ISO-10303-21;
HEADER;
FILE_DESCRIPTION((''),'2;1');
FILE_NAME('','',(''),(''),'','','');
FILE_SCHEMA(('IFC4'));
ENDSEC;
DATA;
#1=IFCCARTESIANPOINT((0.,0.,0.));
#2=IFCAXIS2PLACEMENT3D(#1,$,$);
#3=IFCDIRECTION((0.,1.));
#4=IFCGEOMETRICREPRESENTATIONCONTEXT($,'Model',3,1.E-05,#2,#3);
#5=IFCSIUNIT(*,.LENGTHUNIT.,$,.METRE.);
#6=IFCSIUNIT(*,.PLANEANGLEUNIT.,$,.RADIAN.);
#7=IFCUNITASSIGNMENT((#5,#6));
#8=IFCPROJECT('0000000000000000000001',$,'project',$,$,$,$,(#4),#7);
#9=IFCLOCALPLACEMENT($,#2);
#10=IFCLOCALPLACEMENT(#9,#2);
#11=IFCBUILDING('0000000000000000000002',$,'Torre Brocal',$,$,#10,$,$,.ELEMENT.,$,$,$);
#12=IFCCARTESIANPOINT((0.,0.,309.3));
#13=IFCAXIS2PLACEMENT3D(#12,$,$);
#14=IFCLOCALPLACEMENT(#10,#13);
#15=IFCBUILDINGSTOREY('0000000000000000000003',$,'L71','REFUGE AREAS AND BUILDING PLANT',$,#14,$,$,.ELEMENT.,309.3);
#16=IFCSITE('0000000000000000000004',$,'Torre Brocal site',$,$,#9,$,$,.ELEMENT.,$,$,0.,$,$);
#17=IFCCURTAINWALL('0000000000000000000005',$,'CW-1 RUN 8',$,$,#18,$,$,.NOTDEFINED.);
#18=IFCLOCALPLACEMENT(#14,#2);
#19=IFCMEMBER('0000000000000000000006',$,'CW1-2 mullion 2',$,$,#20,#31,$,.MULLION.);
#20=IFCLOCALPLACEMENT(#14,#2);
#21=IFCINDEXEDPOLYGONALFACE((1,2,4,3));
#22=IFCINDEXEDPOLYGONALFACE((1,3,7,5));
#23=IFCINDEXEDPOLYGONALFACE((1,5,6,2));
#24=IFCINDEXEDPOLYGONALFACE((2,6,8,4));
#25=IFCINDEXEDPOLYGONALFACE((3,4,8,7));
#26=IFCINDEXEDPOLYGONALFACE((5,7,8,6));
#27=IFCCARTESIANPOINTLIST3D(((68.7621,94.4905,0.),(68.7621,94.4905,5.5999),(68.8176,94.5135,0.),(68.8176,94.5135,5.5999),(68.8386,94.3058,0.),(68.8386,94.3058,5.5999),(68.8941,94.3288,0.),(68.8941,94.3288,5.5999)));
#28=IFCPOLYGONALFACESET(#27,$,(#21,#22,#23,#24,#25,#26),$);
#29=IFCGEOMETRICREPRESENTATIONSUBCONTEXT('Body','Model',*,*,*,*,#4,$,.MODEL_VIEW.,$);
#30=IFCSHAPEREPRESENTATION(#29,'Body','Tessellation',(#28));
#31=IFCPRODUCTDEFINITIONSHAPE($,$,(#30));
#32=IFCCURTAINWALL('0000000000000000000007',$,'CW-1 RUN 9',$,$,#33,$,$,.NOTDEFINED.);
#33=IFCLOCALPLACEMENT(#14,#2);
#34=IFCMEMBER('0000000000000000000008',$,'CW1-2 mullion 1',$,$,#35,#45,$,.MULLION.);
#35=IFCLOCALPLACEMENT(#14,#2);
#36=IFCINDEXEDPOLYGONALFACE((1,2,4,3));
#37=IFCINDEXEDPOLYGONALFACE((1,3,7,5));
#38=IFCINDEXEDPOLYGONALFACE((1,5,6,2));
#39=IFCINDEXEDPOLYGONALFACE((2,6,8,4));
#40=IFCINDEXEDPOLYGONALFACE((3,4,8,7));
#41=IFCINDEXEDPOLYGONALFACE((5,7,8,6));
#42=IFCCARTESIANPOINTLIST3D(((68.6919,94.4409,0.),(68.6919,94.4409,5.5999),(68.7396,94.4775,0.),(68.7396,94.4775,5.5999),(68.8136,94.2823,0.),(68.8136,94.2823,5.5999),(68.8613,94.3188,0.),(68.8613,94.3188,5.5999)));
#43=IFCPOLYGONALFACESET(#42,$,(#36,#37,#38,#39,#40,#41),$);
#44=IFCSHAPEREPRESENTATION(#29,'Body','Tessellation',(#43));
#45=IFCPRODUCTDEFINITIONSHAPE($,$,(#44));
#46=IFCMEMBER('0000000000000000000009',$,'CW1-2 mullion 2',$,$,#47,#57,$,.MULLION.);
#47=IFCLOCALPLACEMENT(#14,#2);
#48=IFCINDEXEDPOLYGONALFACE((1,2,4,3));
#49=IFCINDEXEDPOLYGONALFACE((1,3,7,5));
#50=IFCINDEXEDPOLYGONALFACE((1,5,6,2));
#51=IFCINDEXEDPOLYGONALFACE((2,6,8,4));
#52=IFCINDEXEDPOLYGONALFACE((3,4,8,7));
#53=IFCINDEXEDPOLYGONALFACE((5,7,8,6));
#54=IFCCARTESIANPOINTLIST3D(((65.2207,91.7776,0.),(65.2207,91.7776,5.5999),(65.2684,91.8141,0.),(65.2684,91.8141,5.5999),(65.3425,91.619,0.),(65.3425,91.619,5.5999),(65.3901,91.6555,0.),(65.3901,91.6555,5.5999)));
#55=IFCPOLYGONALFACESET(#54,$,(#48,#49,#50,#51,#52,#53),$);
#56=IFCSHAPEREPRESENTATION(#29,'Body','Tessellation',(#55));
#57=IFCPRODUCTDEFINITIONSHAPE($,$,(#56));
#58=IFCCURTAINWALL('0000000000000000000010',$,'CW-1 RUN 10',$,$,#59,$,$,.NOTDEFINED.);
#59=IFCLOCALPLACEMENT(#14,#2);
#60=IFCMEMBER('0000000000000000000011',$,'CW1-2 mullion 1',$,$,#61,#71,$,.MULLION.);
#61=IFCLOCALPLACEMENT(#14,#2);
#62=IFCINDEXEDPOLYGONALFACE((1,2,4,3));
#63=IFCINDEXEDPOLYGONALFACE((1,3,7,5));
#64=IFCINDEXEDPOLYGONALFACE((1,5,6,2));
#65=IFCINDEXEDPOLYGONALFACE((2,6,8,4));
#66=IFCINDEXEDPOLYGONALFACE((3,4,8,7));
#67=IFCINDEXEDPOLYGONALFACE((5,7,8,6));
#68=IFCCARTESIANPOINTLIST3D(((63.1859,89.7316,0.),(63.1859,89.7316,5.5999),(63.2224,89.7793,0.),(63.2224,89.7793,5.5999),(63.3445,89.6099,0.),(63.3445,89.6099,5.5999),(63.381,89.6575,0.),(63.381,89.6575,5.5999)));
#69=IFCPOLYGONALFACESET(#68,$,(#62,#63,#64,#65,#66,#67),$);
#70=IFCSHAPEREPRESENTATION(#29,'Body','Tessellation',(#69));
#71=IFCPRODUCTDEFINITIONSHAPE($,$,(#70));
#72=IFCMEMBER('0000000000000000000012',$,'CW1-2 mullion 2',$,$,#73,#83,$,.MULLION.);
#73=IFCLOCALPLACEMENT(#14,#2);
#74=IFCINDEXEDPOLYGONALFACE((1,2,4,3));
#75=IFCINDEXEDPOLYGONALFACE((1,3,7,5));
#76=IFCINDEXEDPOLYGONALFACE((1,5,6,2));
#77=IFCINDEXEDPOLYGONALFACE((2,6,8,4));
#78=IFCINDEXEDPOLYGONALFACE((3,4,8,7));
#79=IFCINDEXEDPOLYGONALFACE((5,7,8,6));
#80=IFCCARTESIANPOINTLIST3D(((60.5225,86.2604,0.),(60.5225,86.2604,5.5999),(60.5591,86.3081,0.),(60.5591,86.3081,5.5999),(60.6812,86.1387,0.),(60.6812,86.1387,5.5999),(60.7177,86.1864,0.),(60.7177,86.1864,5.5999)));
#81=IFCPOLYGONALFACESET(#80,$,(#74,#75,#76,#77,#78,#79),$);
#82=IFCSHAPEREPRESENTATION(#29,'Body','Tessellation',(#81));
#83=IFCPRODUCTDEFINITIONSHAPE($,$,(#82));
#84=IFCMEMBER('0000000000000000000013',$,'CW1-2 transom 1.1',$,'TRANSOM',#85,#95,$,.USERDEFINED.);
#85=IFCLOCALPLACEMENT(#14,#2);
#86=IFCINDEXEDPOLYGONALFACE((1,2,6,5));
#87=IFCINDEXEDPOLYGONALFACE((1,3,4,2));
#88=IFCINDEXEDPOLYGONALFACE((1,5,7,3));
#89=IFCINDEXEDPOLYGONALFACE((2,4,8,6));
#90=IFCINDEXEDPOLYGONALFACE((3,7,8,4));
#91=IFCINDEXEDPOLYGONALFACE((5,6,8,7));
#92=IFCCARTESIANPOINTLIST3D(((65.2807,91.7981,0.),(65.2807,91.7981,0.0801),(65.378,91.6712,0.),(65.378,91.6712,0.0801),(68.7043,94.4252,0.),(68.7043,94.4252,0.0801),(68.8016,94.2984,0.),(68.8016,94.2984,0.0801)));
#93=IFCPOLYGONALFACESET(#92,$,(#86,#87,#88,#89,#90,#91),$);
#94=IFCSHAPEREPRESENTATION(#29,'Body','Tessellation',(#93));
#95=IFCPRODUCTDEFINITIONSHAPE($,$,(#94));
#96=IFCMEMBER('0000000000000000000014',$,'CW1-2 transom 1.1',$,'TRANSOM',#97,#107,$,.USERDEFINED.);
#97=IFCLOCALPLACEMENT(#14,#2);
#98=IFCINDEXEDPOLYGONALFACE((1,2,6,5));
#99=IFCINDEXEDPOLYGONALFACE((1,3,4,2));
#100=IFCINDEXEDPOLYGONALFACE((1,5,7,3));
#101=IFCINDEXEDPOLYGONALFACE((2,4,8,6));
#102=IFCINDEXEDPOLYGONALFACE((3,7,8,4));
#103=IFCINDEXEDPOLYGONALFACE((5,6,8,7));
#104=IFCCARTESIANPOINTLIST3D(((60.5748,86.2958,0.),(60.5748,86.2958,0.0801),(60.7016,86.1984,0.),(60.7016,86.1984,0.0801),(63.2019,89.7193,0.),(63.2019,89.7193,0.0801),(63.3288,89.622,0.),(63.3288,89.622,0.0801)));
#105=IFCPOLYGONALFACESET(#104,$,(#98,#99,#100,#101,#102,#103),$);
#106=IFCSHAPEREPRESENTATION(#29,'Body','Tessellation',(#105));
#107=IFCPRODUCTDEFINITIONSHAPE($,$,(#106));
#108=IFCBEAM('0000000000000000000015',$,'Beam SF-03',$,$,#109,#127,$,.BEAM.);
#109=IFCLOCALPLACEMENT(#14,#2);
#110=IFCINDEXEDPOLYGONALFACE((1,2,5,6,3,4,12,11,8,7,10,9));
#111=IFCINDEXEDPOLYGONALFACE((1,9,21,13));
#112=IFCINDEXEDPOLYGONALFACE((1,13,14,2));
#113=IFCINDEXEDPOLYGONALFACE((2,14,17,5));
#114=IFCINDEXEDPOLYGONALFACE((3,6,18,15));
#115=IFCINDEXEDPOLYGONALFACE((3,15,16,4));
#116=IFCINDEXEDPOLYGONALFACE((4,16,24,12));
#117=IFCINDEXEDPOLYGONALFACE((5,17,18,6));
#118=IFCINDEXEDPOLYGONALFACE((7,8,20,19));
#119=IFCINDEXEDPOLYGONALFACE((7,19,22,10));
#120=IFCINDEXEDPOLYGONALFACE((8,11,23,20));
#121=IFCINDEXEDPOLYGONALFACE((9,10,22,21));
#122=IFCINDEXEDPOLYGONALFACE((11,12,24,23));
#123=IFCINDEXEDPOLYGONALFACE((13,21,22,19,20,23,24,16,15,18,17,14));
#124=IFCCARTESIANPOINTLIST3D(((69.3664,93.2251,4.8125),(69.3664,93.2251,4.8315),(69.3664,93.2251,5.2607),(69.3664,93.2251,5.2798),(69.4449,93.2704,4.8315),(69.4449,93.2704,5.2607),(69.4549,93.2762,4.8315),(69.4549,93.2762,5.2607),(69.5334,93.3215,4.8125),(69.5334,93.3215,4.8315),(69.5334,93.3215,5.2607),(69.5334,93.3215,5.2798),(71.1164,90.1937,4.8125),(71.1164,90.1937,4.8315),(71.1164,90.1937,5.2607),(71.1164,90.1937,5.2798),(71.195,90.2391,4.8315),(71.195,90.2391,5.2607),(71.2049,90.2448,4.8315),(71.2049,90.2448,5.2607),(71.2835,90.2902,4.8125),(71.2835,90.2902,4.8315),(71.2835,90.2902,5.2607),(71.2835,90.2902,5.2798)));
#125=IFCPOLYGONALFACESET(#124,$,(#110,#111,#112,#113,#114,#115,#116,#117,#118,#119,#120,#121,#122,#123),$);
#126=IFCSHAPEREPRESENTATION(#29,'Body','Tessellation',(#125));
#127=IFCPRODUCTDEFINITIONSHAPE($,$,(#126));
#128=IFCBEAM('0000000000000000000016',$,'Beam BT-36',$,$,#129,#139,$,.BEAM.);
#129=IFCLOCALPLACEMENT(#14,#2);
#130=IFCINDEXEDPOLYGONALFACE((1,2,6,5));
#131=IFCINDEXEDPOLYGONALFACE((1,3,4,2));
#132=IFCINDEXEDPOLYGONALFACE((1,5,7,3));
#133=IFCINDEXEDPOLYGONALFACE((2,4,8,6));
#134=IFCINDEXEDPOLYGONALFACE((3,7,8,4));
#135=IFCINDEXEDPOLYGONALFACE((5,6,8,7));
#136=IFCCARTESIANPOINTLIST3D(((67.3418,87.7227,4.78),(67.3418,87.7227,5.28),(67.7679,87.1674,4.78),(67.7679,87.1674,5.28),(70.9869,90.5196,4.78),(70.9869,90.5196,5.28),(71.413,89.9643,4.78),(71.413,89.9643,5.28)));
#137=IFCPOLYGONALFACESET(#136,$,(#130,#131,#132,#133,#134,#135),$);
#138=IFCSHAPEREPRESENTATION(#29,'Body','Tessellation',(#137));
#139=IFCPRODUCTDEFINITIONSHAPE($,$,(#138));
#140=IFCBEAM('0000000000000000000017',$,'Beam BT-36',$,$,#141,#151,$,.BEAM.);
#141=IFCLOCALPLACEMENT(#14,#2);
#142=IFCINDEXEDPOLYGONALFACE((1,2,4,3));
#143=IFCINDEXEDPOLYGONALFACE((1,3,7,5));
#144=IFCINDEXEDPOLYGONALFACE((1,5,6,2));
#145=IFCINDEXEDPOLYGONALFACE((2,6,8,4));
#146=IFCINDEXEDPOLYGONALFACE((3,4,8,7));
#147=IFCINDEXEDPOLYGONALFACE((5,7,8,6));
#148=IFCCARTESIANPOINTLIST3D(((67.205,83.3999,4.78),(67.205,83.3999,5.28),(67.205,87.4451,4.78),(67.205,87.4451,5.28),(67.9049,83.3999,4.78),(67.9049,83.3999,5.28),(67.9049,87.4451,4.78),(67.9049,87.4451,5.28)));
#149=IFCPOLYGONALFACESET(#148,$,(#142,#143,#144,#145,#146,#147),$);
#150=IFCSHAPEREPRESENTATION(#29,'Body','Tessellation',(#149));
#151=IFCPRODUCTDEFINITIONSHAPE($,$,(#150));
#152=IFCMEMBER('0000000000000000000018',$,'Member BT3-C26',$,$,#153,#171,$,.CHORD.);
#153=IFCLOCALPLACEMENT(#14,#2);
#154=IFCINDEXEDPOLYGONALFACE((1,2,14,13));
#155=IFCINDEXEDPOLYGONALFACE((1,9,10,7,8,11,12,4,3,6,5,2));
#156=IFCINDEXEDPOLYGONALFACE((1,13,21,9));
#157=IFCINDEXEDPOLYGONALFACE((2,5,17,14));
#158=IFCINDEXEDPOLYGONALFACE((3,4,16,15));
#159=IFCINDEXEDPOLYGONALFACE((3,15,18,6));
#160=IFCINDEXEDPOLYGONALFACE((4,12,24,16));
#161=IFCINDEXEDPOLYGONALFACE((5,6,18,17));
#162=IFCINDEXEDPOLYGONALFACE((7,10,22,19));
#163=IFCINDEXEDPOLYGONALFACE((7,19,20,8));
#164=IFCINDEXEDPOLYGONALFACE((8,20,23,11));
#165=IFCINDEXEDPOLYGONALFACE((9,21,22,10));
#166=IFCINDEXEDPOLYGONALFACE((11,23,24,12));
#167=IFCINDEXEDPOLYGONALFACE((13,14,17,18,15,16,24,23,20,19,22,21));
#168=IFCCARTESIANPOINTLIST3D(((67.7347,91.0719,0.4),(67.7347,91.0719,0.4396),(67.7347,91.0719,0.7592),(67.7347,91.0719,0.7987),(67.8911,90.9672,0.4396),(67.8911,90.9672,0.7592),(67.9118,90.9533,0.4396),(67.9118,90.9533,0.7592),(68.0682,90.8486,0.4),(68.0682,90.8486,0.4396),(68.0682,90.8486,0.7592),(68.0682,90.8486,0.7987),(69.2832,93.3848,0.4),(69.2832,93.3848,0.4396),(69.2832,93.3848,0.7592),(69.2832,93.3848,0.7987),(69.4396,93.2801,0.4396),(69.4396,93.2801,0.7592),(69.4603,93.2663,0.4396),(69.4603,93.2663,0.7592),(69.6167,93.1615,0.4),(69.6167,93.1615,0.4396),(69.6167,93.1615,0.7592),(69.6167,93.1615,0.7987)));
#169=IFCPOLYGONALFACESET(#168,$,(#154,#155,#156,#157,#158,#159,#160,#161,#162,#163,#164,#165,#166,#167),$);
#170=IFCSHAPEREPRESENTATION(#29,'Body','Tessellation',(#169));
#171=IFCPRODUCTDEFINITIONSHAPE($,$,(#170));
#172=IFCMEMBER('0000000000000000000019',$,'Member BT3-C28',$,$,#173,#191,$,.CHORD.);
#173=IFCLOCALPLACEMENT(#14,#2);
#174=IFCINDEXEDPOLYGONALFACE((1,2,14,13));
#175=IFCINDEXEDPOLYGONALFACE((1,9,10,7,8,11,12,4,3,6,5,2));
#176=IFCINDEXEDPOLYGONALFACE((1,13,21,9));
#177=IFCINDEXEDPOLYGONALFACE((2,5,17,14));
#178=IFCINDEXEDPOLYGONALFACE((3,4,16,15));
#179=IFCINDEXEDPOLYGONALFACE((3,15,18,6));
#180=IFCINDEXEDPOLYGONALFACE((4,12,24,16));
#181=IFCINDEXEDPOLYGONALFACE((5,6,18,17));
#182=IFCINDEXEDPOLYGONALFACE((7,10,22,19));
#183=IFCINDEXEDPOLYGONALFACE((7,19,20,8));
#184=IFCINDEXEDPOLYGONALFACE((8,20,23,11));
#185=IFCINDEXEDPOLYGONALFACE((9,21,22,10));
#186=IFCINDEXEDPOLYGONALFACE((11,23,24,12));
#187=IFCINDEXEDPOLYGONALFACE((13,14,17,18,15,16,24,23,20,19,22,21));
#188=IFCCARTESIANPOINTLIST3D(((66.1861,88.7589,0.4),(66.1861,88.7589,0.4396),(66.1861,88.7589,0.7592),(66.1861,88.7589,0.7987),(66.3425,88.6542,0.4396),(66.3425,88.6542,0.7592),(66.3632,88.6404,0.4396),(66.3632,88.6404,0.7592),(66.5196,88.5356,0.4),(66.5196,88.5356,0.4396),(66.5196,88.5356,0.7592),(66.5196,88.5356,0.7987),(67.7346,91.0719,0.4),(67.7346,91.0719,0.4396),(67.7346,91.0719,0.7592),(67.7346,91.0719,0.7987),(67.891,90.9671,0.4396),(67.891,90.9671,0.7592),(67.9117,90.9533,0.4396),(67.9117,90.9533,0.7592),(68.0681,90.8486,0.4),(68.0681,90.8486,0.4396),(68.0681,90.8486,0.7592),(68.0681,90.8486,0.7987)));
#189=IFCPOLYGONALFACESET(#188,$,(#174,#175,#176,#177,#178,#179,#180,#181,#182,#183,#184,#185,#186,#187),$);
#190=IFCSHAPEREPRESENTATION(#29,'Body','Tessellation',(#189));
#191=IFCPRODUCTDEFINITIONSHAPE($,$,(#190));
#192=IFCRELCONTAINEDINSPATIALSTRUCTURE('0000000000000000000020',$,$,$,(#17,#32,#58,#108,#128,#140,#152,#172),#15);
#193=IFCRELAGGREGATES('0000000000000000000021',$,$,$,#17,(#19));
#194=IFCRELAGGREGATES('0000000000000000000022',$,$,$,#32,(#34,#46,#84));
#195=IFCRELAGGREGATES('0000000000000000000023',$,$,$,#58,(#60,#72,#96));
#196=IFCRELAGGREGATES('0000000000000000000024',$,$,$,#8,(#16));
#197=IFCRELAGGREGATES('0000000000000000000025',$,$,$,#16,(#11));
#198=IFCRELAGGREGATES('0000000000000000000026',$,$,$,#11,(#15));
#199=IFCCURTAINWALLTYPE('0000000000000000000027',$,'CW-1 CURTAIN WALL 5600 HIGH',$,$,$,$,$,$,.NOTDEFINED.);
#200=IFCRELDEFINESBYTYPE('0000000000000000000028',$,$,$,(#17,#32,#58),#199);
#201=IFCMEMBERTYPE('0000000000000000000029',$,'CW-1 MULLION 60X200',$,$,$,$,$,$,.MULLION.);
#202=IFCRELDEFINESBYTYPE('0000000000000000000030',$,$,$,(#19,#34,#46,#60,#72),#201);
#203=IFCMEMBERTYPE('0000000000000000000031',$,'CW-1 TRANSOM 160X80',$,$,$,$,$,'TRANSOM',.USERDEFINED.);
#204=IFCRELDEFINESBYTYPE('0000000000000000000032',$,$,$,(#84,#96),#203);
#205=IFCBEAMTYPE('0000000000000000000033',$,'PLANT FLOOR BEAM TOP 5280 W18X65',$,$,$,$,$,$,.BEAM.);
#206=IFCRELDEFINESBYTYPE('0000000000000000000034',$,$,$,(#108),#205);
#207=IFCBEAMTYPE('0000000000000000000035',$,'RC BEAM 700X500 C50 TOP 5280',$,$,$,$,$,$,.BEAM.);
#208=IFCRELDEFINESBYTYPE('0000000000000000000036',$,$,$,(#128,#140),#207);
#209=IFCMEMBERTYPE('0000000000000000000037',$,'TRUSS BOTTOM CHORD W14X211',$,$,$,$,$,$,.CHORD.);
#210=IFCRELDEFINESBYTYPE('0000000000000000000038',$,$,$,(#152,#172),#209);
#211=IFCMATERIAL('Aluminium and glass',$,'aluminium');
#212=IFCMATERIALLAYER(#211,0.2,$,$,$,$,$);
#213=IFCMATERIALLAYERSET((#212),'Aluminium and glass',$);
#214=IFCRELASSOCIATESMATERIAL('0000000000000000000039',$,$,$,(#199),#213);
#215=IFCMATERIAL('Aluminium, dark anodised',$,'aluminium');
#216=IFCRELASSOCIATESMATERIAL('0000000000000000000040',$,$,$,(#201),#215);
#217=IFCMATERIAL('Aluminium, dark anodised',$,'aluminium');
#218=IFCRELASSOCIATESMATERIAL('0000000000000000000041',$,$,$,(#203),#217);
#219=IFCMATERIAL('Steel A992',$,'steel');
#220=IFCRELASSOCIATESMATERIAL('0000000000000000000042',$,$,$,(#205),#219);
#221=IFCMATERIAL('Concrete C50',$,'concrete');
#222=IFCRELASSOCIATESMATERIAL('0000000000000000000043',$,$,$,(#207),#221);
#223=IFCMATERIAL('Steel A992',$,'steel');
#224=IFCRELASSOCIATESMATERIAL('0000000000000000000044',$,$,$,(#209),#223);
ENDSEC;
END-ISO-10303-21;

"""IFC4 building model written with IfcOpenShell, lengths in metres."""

from ifc_helpers import new_model, si_unit, direction, frame, origin, origin_2d, place, context, subcontext, project, spatial, rectangle, i_section, extrude, material, layer, layer_set, material_profile, profile_set, type_object, element, aggregate, save


model = new_model("IFC4")

# Units and contexts
model_context = context("Model", 3, precision=1e-05, world=origin(), true_north=direction((0.0, 1.0)))
body_context = subcontext(model_context, "Body", "Model", "MODEL_VIEW")
ifc_project = project(units=[si_unit("LENGTHUNIT", "METRE"), si_unit("PLANEANGLEUNIT", "RADIAN")], contexts=[model_context])

# Site, building, storey
site_placement = place(None, origin())
site = spatial("IfcSite", under=ifc_project, at=site_placement, Name="Torre Brocal site", CompositionType="ELEMENT", RefElevation=0.0)
building_placement = place(site_placement, origin())
building = spatial("IfcBuilding", under=site, at=building_placement, Name="Torre Brocal", CompositionType="ELEMENT")
storey_placement = place(building_placement, frame((0.0, 0.0, 309.3)))
storey = spatial("IfcBuildingStorey", under=building, at=storey_placement, Name="L71", Description="REFUGE AREAS AND BUILDING PLANT", CompositionType="ELEMENT", Elevation=309.3)

# Curtain wall, member
ifc_material_1 = material(Name="Aluminium and glass", Category="aluminium")
ifc_layer_1 = layer(ifc_material_1, 0.2)
ifc_layer_set_1 = layer_set([ifc_layer_1], Name="Aluminium and glass")
curtain_wall_type = type_object("IfcCurtainWallType", Name="CW-1 CURTAIN WALL 5600 HIGH", PredefinedType="NOTDEFINED", material=ifc_layer_set_1)
curtain_wall_1_placement = place(storey_placement, origin())
curtain_wall_1 = element("IfcCurtainWall", 1, at=curtain_wall_1_placement, inside=storey, type_object=curtain_wall_type, Name="CW-1 RUN 8", PredefinedType="NOTDEFINED")
ifc_material_2 = material(Name="Aluminium, dark anodised", Category="aluminium")
ifc_material_profile_1 = material_profile(ifc_material_2, rectangle(XDim=0.2, YDim=0.0601, at=origin_2d()), Name="CW-1 MULLION 60X200")
ifc_profile_set_1 = profile_set([ifc_material_profile_1], Name="Aluminium, dark anodised")
member_type_1 = type_object("IfcMemberType", Name="CW-1 MULLION 60X200", PredefinedType="MULLION", material=ifc_profile_set_1)
member_1_placement = place(storey_placement, frame((68.8281, 94.4097, 0.0), z_axis=(0.0, 0.0, 1.0), x_axis=(0.382683, -0.92388, 0.0)))
member_1 = element("IfcMember", 2, at=member_1_placement, type_object=member_type_1, Name="CW1-2 mullion 2", PredefinedType="MULLION", context=body_context, shape_type="SweptSolid", body=[
    extrude(rectangle(XDim=0.2, YDim=0.0601, at=origin_2d()), origin(), (0.0, 0.0, 1.0), 5.5999),
])
aggregate(curtain_wall_1, [member_1])

# Curtain walls, members
curtain_wall_2_placement = place(storey_placement, origin())
curtain_wall_2 = element("IfcCurtainWall", 3, at=curtain_wall_2_placement, inside=storey, type_object=curtain_wall_type, Name="CW-1 RUN 9", PredefinedType="NOTDEFINED")
member_2_placement = place(storey_placement, frame((68.7766, 94.3799, 0.0), z_axis=(0.0, 0.0, 1.0), x_axis=(0.608761, -0.793353, 0.0)))
member_2 = element("IfcMember", 4, at=member_2_placement, type_object=member_type_1, Name="CW1-2 mullion 1", PredefinedType="MULLION", context=body_context, shape_type="SweptSolid", body=[
    extrude(rectangle(XDim=0.2, YDim=0.0601, at=origin_2d()), origin(), (0.0, 0.0, 1.0), 5.5999),
])
member_3_placement = place(storey_placement, frame((65.3054, 91.7166, 0.0), z_axis=(0.0, 0.0, 1.0), x_axis=(0.608761, -0.793353, 0.0)))
member_3 = element("IfcMember", 5, at=member_3_placement, type_object=member_type_1, Name="CW1-2 mullion 2", PredefinedType="MULLION", context=body_context, shape_type="SweptSolid", body=[
    extrude(rectangle(XDim=0.2, YDim=0.0601, at=origin_2d()), origin(), (0.0, 0.0, 1.0), 5.5999),
])
curtain_wall_3_placement = place(storey_placement, origin())
curtain_wall_3 = element("IfcCurtainWall", 6, at=curtain_wall_3_placement, inside=storey, type_object=curtain_wall_type, Name="CW-1 RUN 10", PredefinedType="NOTDEFINED")
member_4_placement = place(storey_placement, frame((63.2834, 89.6946, 0.0), z_axis=(0.0, 0.0, 1.0), x_axis=(0.793353, -0.608761, 0.0)))
member_4 = element("IfcMember", 7, at=member_4_placement, type_object=member_type_1, Name="CW1-2 mullion 1", PredefinedType="MULLION", context=body_context, shape_type="SweptSolid", body=[
    extrude(rectangle(XDim=0.2, YDim=0.0601, at=origin_2d()), origin(), (0.0, 0.0, 1.0), 5.5999),
])
member_5_placement = place(storey_placement, frame((60.6201, 86.2234, 0.0), z_axis=(0.0, 0.0, 1.0), x_axis=(0.793353, -0.608761, 0.0)))
member_5 = element("IfcMember", 8, at=member_5_placement, type_object=member_type_1, Name="CW1-2 mullion 2", PredefinedType="MULLION", context=body_context, shape_type="SweptSolid", body=[
    extrude(rectangle(XDim=0.2, YDim=0.0601, at=origin_2d()), origin(), (0.0, 0.0, 1.0), 5.5999),
])

# Members
ifc_material_3 = material(Name="Aluminium, dark anodised", Category="aluminium")
ifc_material_profile_2 = material_profile(ifc_material_3, rectangle(XDim=0.1599, YDim=0.0801, at=origin_2d()), Name="CW-1 TRANSOM 160X80")
ifc_profile_set_2 = profile_set([ifc_material_profile_2], Name="Aluminium, dark anodised")
member_type_2 = type_object("IfcMemberType", Name="CW-1 TRANSOM 160X80", ElementType="TRANSOM", PredefinedType="USERDEFINED", material=ifc_profile_set_2)
member_6_placement = place(storey_placement, frame((68.7529, 94.3618, 0.04), z_axis=(-0.793332, -0.608789, 0.0), x_axis=(0.608789, -0.793332, 0.0)))
member_6 = element("IfcMember", 9, at=member_6_placement, type_object=member_type_2, Name="CW1-2 transom 1.1", ObjectType="TRANSOM", PredefinedType="USERDEFINED", context=body_context, shape_type="SweptSolid", body=[
    extrude(rectangle(XDim=0.1599, YDim=0.0801, at=origin_2d()), origin(), (0.0, 0.0, 1.0), 4.3154),
])
member_7_placement = place(storey_placement, frame((63.2654, 89.6707, 0.04), z_axis=(-0.608789, -0.793332, 0.0), x_axis=(0.793332, -0.608789, 0.0)))
member_7 = element("IfcMember", 10, at=member_7_placement, type_object=member_type_2, Name="CW1-2 transom 1.1", ObjectType="TRANSOM", PredefinedType="USERDEFINED", context=body_context, shape_type="SweptSolid", body=[
    extrude(rectangle(XDim=0.1599, YDim=0.0801, at=origin_2d()), origin(), (0.0, 0.0, 1.0), 4.3154),
])

# Beams
ifc_material_4 = material(Name="Steel A992", Category="steel")
ifc_material_profile_3 = material_profile(ifc_material_4, i_section(OverallWidth=0.1929, OverallDepth=0.4673, WebThickness=0.0115, FlangeThickness=0.019, at=origin_2d()), Name="W18X65")
ifc_profile_set_3 = profile_set([ifc_material_profile_3], Name="Steel A992")
beam_type_1 = type_object("IfcBeamType", Name="PLANT FLOOR BEAM TOP 5280 W18X65", PredefinedType="BEAM", material=ifc_profile_set_3)
beam_1_placement = place(storey_placement, frame((71.2, 90.2419, 5.0461), z_axis=(-0.49998, 0.866037, 0.0), x_axis=(-0.866037, -0.49998, 0.0)))
element("IfcBeam", 11, at=beam_1_placement, inside=storey, type_object=beam_type_1, Name="Beam SF-03", PredefinedType="BEAM", context=body_context, shape_type="SweptSolid", body=[
    extrude(i_section(OverallWidth=0.1929, OverallDepth=0.4673, WebThickness=0.0115, FlangeThickness=0.019, at=origin_2d()), origin(), (0.0, 0.0, 1.0), 3.5002),
])
ifc_material_5 = material(Name="Concrete C50", Category="concrete")
ifc_material_profile_4 = material_profile(ifc_material_5, rectangle(XDim=0.7, YDim=0.5, at=origin_2d()), Name="RC 700X500")
ifc_profile_set_4 = profile_set([ifc_material_profile_4], Name="Concrete C50")
beam_type_2 = type_object("IfcBeamType", Name="RC BEAM 700X500 C50 TOP 5280", PredefinedType="BEAM", material=ifc_profile_set_4)
beam_2_placement = place(storey_placement, frame((71.2, 90.2419, 5.03), z_axis=(-0.793358, -0.608755, 0.0), x_axis=(0.608755, -0.793358, 0.0)))
element("IfcBeam", 12, at=beam_2_placement, inside=storey, type_object=beam_type_2, Name="Beam BT-36", PredefinedType="BEAM", context=body_context, shape_type="SweptSolid", body=[
    extrude(rectangle(XDim=0.7, YDim=0.5, at=origin_2d()), origin(), (0.0, 0.0, 1.0), 4.5945),
])
beam_3_placement = place(storey_placement, frame((67.5549, 87.4451, 5.03), z_axis=(0.0, -1.0, 0.0), x_axis=(1.0, 0.0, 0.0)))
element("IfcBeam", 13, at=beam_3_placement, inside=storey, type_object=beam_type_2, Name="Beam BT-36", PredefinedType="BEAM", context=body_context, shape_type="SweptSolid", body=[
    extrude(rectangle(XDim=0.7, YDim=0.5, at=origin_2d()), origin(), (0.0, 0.0, 1.0), 4.0452),
])

# Members
ifc_material_6 = material(Name="Steel A992", Category="steel")
ifc_material_profile_5 = material_profile(ifc_material_6, i_section(OverallWidth=0.4014, OverallDepth=0.3987, WebThickness=0.0249, FlangeThickness=0.0396, at=origin_2d()), Name="W14X211")
ifc_profile_set_5 = profile_set([ifc_material_profile_5], Name="Steel A992")
member_type_3 = type_object("IfcMemberType", Name="TRUSS BOTTOM CHORD W14X211", PredefinedType="CHORD", material=ifc_profile_set_5)
for number, where, z_axis, x_axis, name in (
    (14, (69.45, 93.2732, 0.5994), (-0.556339, -0.830956, 0.0), (0.830956, -0.556339, 0.0), "Member BT3-C26"),
    (15, (67.9014, 90.9602, 0.5994), (-0.556339, -0.830956, 0.0), (0.830956, -0.556339, 0.0), "Member BT3-C28"),
):
    element("IfcMember", number, at=place(storey_placement, frame(where, z_axis=z_axis, x_axis=x_axis)), inside=storey, type_object=member_type_3, Name=name, PredefinedType="CHORD", context=body_context, shape_type="SweptSolid", body=[
        extrude(i_section(OverallWidth=0.4014, OverallDepth=0.3987, WebThickness=0.0249, FlangeThickness=0.0396, at=origin_2d()), origin(), (0.0, 0.0, 1.0), 2.7834),
    ])

aggregate(curtain_wall_2, [member_2, member_3, member_6])
aggregate(curtain_wall_3, [member_4, member_5, member_7])

save(model, "model.ifc")
